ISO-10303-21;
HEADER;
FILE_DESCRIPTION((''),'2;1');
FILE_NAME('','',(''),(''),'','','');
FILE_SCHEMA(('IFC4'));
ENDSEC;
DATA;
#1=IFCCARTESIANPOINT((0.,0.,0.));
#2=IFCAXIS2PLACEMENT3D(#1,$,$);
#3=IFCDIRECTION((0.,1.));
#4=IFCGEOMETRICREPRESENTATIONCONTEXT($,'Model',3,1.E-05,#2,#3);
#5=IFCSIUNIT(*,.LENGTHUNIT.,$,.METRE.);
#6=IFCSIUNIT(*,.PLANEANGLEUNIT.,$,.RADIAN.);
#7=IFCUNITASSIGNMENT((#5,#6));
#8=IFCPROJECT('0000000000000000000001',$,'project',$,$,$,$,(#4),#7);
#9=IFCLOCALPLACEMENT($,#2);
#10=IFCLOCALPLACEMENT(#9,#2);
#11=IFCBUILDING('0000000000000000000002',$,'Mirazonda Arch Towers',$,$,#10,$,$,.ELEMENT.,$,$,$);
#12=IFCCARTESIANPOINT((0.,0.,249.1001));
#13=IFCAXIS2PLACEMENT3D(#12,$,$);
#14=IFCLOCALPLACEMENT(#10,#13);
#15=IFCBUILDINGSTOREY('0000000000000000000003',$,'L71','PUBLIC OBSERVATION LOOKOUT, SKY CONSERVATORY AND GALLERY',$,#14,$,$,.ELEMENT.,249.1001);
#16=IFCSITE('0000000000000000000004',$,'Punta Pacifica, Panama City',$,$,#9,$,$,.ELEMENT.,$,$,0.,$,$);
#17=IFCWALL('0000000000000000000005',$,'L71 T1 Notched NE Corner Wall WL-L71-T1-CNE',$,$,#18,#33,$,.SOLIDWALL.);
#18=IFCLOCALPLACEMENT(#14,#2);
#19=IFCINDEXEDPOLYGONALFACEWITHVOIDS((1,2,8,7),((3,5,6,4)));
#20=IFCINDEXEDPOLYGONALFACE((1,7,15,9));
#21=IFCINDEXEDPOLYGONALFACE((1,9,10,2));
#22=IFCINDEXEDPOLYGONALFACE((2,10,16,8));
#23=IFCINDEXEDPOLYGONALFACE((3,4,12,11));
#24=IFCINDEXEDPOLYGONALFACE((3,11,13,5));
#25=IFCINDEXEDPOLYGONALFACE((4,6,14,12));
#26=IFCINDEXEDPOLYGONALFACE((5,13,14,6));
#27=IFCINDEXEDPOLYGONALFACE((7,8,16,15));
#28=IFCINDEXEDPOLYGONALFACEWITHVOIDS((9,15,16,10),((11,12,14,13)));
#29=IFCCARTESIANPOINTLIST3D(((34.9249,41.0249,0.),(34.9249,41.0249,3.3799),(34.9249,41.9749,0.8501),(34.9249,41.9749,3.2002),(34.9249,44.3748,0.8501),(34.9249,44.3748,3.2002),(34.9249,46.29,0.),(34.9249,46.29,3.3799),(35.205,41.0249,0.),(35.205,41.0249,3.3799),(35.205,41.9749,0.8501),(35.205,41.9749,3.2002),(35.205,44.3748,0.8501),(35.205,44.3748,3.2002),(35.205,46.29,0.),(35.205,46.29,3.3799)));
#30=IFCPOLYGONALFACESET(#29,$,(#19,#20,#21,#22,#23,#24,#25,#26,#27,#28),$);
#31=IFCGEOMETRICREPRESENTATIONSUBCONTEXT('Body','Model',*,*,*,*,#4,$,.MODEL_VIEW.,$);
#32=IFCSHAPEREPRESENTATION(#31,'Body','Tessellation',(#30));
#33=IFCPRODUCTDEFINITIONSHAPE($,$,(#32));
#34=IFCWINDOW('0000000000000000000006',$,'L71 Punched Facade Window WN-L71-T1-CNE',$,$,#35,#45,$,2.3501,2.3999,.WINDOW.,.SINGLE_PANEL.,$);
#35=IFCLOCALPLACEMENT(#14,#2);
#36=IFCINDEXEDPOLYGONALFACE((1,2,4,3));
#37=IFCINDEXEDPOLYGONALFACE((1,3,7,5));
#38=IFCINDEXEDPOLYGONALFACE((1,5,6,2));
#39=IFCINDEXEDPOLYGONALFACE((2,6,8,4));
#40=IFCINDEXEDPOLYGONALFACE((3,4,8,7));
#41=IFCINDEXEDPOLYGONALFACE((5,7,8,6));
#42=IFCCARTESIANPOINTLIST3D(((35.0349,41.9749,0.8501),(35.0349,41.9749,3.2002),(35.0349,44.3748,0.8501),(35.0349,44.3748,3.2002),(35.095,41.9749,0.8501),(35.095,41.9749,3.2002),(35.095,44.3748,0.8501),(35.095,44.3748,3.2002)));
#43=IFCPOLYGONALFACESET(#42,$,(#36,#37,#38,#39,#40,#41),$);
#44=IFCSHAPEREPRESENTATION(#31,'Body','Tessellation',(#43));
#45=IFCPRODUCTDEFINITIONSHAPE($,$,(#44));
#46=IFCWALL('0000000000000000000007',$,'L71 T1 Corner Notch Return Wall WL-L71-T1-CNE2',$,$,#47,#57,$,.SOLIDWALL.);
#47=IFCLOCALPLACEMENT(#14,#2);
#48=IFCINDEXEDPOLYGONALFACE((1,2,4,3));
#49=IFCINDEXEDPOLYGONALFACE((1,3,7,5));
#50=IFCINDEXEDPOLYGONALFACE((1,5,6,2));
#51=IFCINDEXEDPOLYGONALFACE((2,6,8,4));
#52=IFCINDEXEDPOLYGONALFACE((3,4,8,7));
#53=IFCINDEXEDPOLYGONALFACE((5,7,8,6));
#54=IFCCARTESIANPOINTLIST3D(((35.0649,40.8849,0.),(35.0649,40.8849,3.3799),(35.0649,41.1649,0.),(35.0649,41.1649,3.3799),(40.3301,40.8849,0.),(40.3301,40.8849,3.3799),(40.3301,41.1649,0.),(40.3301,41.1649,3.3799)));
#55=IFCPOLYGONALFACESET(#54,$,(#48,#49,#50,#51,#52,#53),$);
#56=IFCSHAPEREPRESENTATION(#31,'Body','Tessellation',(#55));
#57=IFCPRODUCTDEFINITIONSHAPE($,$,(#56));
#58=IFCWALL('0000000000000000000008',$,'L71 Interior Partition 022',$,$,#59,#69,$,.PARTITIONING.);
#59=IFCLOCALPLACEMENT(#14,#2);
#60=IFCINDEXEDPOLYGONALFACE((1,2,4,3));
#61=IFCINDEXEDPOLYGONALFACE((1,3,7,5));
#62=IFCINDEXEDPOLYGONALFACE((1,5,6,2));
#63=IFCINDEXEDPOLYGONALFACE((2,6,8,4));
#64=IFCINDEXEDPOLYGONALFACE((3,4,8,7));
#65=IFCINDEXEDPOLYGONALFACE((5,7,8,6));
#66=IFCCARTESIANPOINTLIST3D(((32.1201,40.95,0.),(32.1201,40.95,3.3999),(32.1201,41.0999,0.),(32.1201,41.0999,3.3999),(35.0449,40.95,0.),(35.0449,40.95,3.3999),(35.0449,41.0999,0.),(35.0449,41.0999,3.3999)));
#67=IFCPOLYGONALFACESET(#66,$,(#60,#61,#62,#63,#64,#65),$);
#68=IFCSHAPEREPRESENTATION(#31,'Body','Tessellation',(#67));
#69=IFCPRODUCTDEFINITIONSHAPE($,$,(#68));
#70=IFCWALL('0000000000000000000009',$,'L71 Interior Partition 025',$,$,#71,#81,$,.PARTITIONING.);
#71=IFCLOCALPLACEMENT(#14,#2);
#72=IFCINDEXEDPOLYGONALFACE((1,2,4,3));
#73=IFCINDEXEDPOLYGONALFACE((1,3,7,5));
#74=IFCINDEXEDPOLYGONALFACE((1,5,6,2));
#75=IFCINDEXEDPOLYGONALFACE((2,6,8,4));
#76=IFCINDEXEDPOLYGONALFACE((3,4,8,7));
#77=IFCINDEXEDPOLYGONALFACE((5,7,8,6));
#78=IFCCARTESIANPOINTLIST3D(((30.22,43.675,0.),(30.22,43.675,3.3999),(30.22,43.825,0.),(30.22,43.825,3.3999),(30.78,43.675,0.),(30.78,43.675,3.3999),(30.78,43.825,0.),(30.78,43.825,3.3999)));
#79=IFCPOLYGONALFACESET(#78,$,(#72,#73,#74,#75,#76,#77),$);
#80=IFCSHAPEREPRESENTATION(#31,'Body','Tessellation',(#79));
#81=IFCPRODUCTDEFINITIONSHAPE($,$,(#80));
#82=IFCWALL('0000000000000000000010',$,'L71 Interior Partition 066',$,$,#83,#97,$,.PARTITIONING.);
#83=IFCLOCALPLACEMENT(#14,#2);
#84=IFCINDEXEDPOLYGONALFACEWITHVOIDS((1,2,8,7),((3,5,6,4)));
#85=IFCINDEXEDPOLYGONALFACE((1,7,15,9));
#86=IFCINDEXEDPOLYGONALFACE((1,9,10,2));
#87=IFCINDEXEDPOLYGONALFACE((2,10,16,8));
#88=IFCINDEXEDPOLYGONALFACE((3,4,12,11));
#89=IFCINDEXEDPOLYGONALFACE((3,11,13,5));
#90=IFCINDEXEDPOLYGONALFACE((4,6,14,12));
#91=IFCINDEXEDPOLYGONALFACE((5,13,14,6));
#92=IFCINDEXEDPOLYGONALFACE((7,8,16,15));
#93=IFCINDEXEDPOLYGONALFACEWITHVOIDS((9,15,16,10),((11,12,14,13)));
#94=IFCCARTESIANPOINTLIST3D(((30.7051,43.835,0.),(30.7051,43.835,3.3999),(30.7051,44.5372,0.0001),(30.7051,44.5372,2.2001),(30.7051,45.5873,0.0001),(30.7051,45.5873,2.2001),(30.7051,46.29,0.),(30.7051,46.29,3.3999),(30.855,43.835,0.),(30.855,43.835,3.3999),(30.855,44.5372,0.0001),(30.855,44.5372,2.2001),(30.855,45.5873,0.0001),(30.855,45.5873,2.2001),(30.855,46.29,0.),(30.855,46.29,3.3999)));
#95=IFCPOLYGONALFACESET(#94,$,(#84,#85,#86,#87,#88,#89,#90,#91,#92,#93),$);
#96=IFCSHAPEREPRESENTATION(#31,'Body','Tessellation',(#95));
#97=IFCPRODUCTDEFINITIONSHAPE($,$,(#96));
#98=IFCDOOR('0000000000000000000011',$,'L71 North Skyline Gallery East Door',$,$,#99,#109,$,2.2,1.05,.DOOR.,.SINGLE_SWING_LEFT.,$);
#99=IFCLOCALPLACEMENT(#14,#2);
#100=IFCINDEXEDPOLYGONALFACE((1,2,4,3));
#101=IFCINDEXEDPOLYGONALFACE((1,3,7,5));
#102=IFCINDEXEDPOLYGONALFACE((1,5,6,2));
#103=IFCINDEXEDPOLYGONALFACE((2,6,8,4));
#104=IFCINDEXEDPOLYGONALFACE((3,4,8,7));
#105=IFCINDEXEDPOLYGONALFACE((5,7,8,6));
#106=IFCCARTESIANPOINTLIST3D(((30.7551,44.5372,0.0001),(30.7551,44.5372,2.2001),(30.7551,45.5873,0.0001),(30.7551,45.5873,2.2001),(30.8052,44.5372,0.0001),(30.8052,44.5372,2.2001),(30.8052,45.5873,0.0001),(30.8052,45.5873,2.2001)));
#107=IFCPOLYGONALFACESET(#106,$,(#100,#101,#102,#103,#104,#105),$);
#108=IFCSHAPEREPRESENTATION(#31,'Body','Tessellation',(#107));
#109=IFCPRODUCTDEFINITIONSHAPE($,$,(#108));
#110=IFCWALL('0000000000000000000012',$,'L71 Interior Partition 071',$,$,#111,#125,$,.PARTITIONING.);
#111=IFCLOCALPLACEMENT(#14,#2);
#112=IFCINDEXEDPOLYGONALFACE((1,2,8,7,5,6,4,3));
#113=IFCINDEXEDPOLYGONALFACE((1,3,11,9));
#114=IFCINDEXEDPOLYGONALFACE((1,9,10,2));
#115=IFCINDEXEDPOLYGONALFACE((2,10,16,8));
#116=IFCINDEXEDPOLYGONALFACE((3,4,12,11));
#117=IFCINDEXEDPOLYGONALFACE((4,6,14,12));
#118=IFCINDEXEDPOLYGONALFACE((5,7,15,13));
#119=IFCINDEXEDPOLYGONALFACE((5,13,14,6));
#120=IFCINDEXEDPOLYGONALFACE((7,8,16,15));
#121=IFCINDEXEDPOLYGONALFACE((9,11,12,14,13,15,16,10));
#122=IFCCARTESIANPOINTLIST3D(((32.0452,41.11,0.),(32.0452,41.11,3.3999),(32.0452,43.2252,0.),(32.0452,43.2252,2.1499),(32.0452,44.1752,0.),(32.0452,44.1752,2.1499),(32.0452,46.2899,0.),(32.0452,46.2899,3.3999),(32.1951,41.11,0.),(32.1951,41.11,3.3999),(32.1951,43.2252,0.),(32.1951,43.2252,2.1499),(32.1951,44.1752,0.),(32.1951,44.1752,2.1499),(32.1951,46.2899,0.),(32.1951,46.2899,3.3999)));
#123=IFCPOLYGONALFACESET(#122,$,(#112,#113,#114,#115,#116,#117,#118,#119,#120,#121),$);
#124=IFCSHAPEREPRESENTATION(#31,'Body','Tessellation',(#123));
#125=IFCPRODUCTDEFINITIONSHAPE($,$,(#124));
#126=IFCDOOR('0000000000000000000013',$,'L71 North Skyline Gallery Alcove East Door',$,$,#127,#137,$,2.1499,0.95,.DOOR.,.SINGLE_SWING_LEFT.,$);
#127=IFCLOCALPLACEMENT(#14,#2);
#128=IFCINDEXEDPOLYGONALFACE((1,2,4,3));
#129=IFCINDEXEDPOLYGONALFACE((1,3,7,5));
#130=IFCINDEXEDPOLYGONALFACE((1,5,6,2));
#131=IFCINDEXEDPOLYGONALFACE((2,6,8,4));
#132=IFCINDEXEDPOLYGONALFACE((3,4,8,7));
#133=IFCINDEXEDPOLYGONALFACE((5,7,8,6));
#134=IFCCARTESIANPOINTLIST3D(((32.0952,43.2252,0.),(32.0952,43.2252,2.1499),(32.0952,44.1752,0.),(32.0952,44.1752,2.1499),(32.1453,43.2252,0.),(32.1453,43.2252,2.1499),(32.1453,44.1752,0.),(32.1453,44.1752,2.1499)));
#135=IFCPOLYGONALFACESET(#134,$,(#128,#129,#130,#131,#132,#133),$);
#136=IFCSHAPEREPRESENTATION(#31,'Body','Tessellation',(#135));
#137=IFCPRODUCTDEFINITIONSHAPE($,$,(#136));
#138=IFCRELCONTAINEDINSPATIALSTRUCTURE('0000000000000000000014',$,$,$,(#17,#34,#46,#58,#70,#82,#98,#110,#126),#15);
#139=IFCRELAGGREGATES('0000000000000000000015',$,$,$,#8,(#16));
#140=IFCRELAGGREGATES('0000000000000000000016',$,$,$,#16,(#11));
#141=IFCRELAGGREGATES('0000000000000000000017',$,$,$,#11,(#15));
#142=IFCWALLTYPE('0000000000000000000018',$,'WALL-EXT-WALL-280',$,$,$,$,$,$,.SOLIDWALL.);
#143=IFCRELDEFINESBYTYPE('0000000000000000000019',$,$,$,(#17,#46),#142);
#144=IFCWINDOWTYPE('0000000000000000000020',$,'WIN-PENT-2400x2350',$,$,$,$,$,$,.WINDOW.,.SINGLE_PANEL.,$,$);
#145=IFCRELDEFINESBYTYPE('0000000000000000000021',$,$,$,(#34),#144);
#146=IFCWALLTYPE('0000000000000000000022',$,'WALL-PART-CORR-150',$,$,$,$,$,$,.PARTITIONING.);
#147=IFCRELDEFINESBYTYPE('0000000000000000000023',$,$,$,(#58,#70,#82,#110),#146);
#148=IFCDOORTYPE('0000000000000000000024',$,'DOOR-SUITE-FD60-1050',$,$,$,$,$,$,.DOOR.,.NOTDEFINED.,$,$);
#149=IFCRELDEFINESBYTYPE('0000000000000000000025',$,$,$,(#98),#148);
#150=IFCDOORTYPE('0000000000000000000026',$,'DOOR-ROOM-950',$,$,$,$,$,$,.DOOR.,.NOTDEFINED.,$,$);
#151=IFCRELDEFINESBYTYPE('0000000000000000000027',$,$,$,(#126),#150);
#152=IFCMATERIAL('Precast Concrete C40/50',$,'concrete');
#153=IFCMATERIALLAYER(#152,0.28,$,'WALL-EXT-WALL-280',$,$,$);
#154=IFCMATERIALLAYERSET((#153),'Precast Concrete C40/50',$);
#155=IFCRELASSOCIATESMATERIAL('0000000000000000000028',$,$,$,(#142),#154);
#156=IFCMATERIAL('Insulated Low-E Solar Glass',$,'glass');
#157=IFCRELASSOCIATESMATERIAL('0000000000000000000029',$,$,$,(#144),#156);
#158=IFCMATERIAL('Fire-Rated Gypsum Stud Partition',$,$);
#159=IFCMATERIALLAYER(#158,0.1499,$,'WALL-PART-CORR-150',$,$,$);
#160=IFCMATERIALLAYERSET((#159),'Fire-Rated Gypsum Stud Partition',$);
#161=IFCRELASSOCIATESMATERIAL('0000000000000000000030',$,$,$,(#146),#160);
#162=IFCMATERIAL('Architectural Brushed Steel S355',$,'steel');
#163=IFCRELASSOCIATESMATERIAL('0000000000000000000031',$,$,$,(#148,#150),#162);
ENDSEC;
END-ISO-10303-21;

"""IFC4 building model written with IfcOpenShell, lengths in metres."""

from ifc_helpers import new_model, si_unit, direction, frame, frame_2d, origin, place, context, subcontext, project, spatial, rectangle, extrude, material, layer, layer_set, type_object, element, fill, save


model = new_model("IFC4")

# Units and contexts
model_context = context("Model", 3, precision=1e-05, world=origin(), true_north=direction((0.0, 1.0)))
body_context = subcontext(model_context, "Body", "Model", "MODEL_VIEW")
ifc_project = project(units=[si_unit("LENGTHUNIT", "METRE"), si_unit("PLANEANGLEUNIT", "RADIAN")], contexts=[model_context])

# Site, building, storey
site_placement = place(None, origin())
site = spatial("IfcSite", under=ifc_project, at=site_placement, Name="Punta Pacifica, Panama City", CompositionType="ELEMENT", RefElevation=0.0)
building_placement = place(site_placement, origin())
building = spatial("IfcBuilding", under=site, at=building_placement, Name="Mirazonda Arch Towers", CompositionType="ELEMENT")
storey_placement = place(building_placement, frame((0.0, 0.0, 249.1001)))
storey = spatial("IfcBuildingStorey", under=building, at=storey_placement, Name="L71", Description="PUBLIC OBSERVATION LOOKOUT, SKY CONSERVATORY AND GALLERY", CompositionType="ELEMENT", Elevation=249.1001)

# Shared definitions
ifc_material_1 = material(Name="Insulated Low-E Solar Glass", Category="glass")

# Wall, opening, window
ifc_material_2 = material(Name="Precast Concrete C40/50", Category="concrete")
ifc_layer_1 = layer(ifc_material_2, 0.28, Name="WALL-EXT-WALL-280")
ifc_layer_set_1 = layer_set([ifc_layer_1], Name="Precast Concrete C40/50")
wall_type_1 = type_object("IfcWallType", Name="WALL-EXT-WALL-280", PredefinedType="SOLIDWALL", material=ifc_layer_set_1)
wall_1_placement = place(storey_placement, frame((35.0649, 41.0249, 0.0), z_axis=(0.0, 0.0, 1.0), x_axis=(0.0, 1.0, 0.0)))
wall_1 = element("IfcWall", 1, at=wall_1_placement, inside=storey, type_object=wall_type_1, Name="L71 T1 Notched NE Corner Wall WL-L71-T1-CNE", PredefinedType="SOLIDWALL", context=body_context, shape_type="SweptSolid", body=[
    extrude(rectangle(XDim=5.2651, YDim=0.28, at=frame_2d((2.6326, 0.0))), origin(), (0.0, 0.0, 1.0), 3.3799),
])
opening_1_placement = place(wall_1_placement, frame((0.95, 0.0, 0.8501)))
opening_1 = element("IfcOpeningElement", 2, at=opening_1_placement, cuts=wall_1, PredefinedType="OPENING", context=body_context, shape_type="SweptSolid", body=[
    extrude(rectangle(XDim=2.3999, YDim=2.3501, at=frame_2d((1.2, 1.175))), frame((0.0, 0.1499, 0.0), z_axis=(0.0, -1.0, 0.0), x_axis=(1.0, 0.0, 0.0)), (0.0, 0.0, 1.0), 0.3),
])
window_type = type_object("IfcWindowType", Name="WIN-PENT-2400x2350", PartitioningType="SINGLE_PANEL", PredefinedType="WINDOW", material=ifc_material_1)
window_placement = place(opening_1_placement, origin())
window = element("IfcWindow", 3, at=window_placement, inside=storey, type_object=window_type, Name="L71 Punched Facade Window WN-L71-T1-CNE", OverallHeight=2.3501, OverallWidth=2.3999, PartitioningType="SINGLE_PANEL", PredefinedType="WINDOW", context=body_context, shape_type="SweptSolid", body=[
    extrude(rectangle(XDim=2.3999, YDim=2.3501, at=frame_2d((1.2, 1.175))), frame((0.0, 0.03, 0.0), z_axis=(0.0, -1.0, 0.0), x_axis=(1.0, 0.0, 0.0)), (0.0, 0.0, 1.0), 0.0601),
])
fill(opening_1, window)

# Walls
wall_2_placement = place(storey_placement, frame((40.3301, 41.0249, 0.0), z_axis=(0.0, 0.0, 1.0), x_axis=(-1.0, 0.0, 0.0)))
element("IfcWall", 4, at=wall_2_placement, inside=storey, type_object=wall_type_1, Name="L71 T1 Corner Notch Return Wall WL-L71-T1-CNE2", PredefinedType="SOLIDWALL", context=body_context, shape_type="SweptSolid", body=[
    extrude(rectangle(XDim=5.2651, YDim=0.28, at=frame_2d((2.6326, 0.0))), origin(), (0.0, 0.0, 1.0), 3.3799),
])
ifc_material_3 = material(Name="Fire-Rated Gypsum Stud Partition")
ifc_layer_2 = layer(ifc_material_3, 0.1499, Name="WALL-PART-CORR-150")
ifc_layer_set_2 = layer_set([ifc_layer_2], Name="Fire-Rated Gypsum Stud Partition")
wall_type_2 = type_object("IfcWallType", Name="WALL-PART-CORR-150", PredefinedType="PARTITIONING", material=ifc_layer_set_2)
wall_3_placement = place(storey_placement, frame((32.1201, 41.0249, 0.0), z_axis=(0.0, 0.0, 1.0), x_axis=(1.0, 0.0, 0.0)))
element("IfcWall", 5, at=wall_3_placement, inside=storey, type_object=wall_type_2, Name="L71 Interior Partition 022", PredefinedType="PARTITIONING", context=body_context, shape_type="SweptSolid", body=[
    extrude(rectangle(XDim=2.9248, YDim=0.1499, at=frame_2d((1.4624, 0.0))), origin(), (0.0, 0.0, 1.0), 3.3999),
])
wall_4_placement = place(storey_placement, frame((30.22, 43.75, 0.0), z_axis=(0.0, 0.0, 1.0), x_axis=(1.0, 0.0, 0.0)))
element("IfcWall", 6, at=wall_4_placement, inside=storey, type_object=wall_type_2, Name="L71 Interior Partition 025", PredefinedType="PARTITIONING", context=body_context, shape_type="SweptSolid", body=[
    extrude(rectangle(XDim=0.5601, YDim=0.1499, at=frame_2d((0.28, 0.0))), origin(), (0.0, 0.0, 1.0), 3.3999),
])

# Walls, openings, doors
wall_5_placement = place(storey_placement, frame((30.78, 43.835, 0.0), z_axis=(0.0, 0.0, 1.0), x_axis=(0.0, 1.0, 0.0)))
wall_5 = element("IfcWall", 7, at=wall_5_placement, inside=storey, type_object=wall_type_2, Name="L71 Interior Partition 066", PredefinedType="PARTITIONING", context=body_context, shape_type="SweptSolid", body=[
    extrude(rectangle(XDim=2.4551, YDim=0.1499, at=frame_2d((1.2275, 0.0))), origin(), (0.0, 0.0, 1.0), 3.3999),
])
opening_2_placement = place(wall_5_placement, frame((0.7024, 0.0, 0.0)))
opening_2 = element("IfcOpeningElement", 8, at=opening_2_placement, cuts=wall_5, PredefinedType="OPENING", context=body_context, shape_type="SweptSolid", body=[
    extrude(rectangle(XDim=1.05, YDim=2.2, at=frame_2d((0.5249, 1.1001))), frame((0.0, 0.085, 0.0), z_axis=(0.0, -1.0, 0.0), x_axis=(1.0, 0.0, 0.0)), (0.0, 0.0, 1.0), 0.1699),
])
ifc_material_4 = material(Name="Architectural Brushed Steel S355", Category="steel")
door_type_1 = type_object("IfcDoorType", Name="DOOR-SUITE-FD60-1050", OperationType="NOTDEFINED", PredefinedType="DOOR", material=ifc_material_4)
door_1_placement = place(opening_2_placement, origin())
door_1 = element("IfcDoor", 9, at=door_1_placement, inside=storey, type_object=door_type_1, Name="L71 North Skyline Gallery East Door", OperationType="SINGLE_SWING_LEFT", OverallHeight=2.2, OverallWidth=1.05, PredefinedType="DOOR", context=body_context, shape_type="SweptSolid", body=[
    extrude(rectangle(XDim=1.05, YDim=2.2, at=frame_2d((0.5249, 1.1001))), frame((0.0, 0.0249, 0.0), z_axis=(0.0, -1.0, 0.0), x_axis=(1.0, 0.0, 0.0)), (0.0, 0.0, 1.0), 0.05),
])
fill(opening_2, door_1)
wall_6_placement = place(storey_placement, frame((32.1201, 41.1101, 0.0), z_axis=(0.0, 0.0, 1.0), x_axis=(0.0, 1.0, 0.0)))
wall_6 = element("IfcWall", 10, at=wall_6_placement, inside=storey, type_object=wall_type_2, Name="L71 Interior Partition 071", PredefinedType="PARTITIONING", context=body_context, shape_type="SweptSolid", body=[
    extrude(rectangle(XDim=5.1799, YDim=0.1499, at=frame_2d((2.5898, 0.0))), origin(), (0.0, 0.0, 1.0), 3.3999),
])
opening_3_placement = place(wall_6_placement, frame((2.115, 0.0, 0.0)))
opening_3 = element("IfcOpeningElement", 11, at=opening_3_placement, cuts=wall_6, PredefinedType="OPENING", context=body_context, shape_type="SweptSolid", body=[
    extrude(rectangle(XDim=0.95, YDim=2.1499, at=frame_2d((0.4751, 1.075))), frame((0.0, 0.085, 0.0), z_axis=(0.0, -1.0, 0.0), x_axis=(1.0, 0.0, 0.0)), (0.0, 0.0, 1.0), 0.1699),
])
door_type_2 = type_object("IfcDoorType", Name="DOOR-ROOM-950", OperationType="NOTDEFINED", PredefinedType="DOOR", material=ifc_material_4)
door_2_placement = place(opening_3_placement, origin())
door_2 = element("IfcDoor", 12, at=door_2_placement, inside=storey, type_object=door_type_2, Name="L71 North Skyline Gallery Alcove East Door", OperationType="SINGLE_SWING_LEFT", OverallHeight=2.1499, OverallWidth=0.95, PredefinedType="DOOR", context=body_context, shape_type="SweptSolid", body=[
    extrude(rectangle(XDim=0.95, YDim=2.1499, at=frame_2d((0.4751, 1.075))), frame((0.0, 0.0249, 0.0), z_axis=(0.0, -1.0, 0.0), x_axis=(1.0, 0.0, 0.0)), (0.0, 0.0, 1.0), 0.05),
])
fill(opening_3, door_2)

save(model, "model.ifc")
